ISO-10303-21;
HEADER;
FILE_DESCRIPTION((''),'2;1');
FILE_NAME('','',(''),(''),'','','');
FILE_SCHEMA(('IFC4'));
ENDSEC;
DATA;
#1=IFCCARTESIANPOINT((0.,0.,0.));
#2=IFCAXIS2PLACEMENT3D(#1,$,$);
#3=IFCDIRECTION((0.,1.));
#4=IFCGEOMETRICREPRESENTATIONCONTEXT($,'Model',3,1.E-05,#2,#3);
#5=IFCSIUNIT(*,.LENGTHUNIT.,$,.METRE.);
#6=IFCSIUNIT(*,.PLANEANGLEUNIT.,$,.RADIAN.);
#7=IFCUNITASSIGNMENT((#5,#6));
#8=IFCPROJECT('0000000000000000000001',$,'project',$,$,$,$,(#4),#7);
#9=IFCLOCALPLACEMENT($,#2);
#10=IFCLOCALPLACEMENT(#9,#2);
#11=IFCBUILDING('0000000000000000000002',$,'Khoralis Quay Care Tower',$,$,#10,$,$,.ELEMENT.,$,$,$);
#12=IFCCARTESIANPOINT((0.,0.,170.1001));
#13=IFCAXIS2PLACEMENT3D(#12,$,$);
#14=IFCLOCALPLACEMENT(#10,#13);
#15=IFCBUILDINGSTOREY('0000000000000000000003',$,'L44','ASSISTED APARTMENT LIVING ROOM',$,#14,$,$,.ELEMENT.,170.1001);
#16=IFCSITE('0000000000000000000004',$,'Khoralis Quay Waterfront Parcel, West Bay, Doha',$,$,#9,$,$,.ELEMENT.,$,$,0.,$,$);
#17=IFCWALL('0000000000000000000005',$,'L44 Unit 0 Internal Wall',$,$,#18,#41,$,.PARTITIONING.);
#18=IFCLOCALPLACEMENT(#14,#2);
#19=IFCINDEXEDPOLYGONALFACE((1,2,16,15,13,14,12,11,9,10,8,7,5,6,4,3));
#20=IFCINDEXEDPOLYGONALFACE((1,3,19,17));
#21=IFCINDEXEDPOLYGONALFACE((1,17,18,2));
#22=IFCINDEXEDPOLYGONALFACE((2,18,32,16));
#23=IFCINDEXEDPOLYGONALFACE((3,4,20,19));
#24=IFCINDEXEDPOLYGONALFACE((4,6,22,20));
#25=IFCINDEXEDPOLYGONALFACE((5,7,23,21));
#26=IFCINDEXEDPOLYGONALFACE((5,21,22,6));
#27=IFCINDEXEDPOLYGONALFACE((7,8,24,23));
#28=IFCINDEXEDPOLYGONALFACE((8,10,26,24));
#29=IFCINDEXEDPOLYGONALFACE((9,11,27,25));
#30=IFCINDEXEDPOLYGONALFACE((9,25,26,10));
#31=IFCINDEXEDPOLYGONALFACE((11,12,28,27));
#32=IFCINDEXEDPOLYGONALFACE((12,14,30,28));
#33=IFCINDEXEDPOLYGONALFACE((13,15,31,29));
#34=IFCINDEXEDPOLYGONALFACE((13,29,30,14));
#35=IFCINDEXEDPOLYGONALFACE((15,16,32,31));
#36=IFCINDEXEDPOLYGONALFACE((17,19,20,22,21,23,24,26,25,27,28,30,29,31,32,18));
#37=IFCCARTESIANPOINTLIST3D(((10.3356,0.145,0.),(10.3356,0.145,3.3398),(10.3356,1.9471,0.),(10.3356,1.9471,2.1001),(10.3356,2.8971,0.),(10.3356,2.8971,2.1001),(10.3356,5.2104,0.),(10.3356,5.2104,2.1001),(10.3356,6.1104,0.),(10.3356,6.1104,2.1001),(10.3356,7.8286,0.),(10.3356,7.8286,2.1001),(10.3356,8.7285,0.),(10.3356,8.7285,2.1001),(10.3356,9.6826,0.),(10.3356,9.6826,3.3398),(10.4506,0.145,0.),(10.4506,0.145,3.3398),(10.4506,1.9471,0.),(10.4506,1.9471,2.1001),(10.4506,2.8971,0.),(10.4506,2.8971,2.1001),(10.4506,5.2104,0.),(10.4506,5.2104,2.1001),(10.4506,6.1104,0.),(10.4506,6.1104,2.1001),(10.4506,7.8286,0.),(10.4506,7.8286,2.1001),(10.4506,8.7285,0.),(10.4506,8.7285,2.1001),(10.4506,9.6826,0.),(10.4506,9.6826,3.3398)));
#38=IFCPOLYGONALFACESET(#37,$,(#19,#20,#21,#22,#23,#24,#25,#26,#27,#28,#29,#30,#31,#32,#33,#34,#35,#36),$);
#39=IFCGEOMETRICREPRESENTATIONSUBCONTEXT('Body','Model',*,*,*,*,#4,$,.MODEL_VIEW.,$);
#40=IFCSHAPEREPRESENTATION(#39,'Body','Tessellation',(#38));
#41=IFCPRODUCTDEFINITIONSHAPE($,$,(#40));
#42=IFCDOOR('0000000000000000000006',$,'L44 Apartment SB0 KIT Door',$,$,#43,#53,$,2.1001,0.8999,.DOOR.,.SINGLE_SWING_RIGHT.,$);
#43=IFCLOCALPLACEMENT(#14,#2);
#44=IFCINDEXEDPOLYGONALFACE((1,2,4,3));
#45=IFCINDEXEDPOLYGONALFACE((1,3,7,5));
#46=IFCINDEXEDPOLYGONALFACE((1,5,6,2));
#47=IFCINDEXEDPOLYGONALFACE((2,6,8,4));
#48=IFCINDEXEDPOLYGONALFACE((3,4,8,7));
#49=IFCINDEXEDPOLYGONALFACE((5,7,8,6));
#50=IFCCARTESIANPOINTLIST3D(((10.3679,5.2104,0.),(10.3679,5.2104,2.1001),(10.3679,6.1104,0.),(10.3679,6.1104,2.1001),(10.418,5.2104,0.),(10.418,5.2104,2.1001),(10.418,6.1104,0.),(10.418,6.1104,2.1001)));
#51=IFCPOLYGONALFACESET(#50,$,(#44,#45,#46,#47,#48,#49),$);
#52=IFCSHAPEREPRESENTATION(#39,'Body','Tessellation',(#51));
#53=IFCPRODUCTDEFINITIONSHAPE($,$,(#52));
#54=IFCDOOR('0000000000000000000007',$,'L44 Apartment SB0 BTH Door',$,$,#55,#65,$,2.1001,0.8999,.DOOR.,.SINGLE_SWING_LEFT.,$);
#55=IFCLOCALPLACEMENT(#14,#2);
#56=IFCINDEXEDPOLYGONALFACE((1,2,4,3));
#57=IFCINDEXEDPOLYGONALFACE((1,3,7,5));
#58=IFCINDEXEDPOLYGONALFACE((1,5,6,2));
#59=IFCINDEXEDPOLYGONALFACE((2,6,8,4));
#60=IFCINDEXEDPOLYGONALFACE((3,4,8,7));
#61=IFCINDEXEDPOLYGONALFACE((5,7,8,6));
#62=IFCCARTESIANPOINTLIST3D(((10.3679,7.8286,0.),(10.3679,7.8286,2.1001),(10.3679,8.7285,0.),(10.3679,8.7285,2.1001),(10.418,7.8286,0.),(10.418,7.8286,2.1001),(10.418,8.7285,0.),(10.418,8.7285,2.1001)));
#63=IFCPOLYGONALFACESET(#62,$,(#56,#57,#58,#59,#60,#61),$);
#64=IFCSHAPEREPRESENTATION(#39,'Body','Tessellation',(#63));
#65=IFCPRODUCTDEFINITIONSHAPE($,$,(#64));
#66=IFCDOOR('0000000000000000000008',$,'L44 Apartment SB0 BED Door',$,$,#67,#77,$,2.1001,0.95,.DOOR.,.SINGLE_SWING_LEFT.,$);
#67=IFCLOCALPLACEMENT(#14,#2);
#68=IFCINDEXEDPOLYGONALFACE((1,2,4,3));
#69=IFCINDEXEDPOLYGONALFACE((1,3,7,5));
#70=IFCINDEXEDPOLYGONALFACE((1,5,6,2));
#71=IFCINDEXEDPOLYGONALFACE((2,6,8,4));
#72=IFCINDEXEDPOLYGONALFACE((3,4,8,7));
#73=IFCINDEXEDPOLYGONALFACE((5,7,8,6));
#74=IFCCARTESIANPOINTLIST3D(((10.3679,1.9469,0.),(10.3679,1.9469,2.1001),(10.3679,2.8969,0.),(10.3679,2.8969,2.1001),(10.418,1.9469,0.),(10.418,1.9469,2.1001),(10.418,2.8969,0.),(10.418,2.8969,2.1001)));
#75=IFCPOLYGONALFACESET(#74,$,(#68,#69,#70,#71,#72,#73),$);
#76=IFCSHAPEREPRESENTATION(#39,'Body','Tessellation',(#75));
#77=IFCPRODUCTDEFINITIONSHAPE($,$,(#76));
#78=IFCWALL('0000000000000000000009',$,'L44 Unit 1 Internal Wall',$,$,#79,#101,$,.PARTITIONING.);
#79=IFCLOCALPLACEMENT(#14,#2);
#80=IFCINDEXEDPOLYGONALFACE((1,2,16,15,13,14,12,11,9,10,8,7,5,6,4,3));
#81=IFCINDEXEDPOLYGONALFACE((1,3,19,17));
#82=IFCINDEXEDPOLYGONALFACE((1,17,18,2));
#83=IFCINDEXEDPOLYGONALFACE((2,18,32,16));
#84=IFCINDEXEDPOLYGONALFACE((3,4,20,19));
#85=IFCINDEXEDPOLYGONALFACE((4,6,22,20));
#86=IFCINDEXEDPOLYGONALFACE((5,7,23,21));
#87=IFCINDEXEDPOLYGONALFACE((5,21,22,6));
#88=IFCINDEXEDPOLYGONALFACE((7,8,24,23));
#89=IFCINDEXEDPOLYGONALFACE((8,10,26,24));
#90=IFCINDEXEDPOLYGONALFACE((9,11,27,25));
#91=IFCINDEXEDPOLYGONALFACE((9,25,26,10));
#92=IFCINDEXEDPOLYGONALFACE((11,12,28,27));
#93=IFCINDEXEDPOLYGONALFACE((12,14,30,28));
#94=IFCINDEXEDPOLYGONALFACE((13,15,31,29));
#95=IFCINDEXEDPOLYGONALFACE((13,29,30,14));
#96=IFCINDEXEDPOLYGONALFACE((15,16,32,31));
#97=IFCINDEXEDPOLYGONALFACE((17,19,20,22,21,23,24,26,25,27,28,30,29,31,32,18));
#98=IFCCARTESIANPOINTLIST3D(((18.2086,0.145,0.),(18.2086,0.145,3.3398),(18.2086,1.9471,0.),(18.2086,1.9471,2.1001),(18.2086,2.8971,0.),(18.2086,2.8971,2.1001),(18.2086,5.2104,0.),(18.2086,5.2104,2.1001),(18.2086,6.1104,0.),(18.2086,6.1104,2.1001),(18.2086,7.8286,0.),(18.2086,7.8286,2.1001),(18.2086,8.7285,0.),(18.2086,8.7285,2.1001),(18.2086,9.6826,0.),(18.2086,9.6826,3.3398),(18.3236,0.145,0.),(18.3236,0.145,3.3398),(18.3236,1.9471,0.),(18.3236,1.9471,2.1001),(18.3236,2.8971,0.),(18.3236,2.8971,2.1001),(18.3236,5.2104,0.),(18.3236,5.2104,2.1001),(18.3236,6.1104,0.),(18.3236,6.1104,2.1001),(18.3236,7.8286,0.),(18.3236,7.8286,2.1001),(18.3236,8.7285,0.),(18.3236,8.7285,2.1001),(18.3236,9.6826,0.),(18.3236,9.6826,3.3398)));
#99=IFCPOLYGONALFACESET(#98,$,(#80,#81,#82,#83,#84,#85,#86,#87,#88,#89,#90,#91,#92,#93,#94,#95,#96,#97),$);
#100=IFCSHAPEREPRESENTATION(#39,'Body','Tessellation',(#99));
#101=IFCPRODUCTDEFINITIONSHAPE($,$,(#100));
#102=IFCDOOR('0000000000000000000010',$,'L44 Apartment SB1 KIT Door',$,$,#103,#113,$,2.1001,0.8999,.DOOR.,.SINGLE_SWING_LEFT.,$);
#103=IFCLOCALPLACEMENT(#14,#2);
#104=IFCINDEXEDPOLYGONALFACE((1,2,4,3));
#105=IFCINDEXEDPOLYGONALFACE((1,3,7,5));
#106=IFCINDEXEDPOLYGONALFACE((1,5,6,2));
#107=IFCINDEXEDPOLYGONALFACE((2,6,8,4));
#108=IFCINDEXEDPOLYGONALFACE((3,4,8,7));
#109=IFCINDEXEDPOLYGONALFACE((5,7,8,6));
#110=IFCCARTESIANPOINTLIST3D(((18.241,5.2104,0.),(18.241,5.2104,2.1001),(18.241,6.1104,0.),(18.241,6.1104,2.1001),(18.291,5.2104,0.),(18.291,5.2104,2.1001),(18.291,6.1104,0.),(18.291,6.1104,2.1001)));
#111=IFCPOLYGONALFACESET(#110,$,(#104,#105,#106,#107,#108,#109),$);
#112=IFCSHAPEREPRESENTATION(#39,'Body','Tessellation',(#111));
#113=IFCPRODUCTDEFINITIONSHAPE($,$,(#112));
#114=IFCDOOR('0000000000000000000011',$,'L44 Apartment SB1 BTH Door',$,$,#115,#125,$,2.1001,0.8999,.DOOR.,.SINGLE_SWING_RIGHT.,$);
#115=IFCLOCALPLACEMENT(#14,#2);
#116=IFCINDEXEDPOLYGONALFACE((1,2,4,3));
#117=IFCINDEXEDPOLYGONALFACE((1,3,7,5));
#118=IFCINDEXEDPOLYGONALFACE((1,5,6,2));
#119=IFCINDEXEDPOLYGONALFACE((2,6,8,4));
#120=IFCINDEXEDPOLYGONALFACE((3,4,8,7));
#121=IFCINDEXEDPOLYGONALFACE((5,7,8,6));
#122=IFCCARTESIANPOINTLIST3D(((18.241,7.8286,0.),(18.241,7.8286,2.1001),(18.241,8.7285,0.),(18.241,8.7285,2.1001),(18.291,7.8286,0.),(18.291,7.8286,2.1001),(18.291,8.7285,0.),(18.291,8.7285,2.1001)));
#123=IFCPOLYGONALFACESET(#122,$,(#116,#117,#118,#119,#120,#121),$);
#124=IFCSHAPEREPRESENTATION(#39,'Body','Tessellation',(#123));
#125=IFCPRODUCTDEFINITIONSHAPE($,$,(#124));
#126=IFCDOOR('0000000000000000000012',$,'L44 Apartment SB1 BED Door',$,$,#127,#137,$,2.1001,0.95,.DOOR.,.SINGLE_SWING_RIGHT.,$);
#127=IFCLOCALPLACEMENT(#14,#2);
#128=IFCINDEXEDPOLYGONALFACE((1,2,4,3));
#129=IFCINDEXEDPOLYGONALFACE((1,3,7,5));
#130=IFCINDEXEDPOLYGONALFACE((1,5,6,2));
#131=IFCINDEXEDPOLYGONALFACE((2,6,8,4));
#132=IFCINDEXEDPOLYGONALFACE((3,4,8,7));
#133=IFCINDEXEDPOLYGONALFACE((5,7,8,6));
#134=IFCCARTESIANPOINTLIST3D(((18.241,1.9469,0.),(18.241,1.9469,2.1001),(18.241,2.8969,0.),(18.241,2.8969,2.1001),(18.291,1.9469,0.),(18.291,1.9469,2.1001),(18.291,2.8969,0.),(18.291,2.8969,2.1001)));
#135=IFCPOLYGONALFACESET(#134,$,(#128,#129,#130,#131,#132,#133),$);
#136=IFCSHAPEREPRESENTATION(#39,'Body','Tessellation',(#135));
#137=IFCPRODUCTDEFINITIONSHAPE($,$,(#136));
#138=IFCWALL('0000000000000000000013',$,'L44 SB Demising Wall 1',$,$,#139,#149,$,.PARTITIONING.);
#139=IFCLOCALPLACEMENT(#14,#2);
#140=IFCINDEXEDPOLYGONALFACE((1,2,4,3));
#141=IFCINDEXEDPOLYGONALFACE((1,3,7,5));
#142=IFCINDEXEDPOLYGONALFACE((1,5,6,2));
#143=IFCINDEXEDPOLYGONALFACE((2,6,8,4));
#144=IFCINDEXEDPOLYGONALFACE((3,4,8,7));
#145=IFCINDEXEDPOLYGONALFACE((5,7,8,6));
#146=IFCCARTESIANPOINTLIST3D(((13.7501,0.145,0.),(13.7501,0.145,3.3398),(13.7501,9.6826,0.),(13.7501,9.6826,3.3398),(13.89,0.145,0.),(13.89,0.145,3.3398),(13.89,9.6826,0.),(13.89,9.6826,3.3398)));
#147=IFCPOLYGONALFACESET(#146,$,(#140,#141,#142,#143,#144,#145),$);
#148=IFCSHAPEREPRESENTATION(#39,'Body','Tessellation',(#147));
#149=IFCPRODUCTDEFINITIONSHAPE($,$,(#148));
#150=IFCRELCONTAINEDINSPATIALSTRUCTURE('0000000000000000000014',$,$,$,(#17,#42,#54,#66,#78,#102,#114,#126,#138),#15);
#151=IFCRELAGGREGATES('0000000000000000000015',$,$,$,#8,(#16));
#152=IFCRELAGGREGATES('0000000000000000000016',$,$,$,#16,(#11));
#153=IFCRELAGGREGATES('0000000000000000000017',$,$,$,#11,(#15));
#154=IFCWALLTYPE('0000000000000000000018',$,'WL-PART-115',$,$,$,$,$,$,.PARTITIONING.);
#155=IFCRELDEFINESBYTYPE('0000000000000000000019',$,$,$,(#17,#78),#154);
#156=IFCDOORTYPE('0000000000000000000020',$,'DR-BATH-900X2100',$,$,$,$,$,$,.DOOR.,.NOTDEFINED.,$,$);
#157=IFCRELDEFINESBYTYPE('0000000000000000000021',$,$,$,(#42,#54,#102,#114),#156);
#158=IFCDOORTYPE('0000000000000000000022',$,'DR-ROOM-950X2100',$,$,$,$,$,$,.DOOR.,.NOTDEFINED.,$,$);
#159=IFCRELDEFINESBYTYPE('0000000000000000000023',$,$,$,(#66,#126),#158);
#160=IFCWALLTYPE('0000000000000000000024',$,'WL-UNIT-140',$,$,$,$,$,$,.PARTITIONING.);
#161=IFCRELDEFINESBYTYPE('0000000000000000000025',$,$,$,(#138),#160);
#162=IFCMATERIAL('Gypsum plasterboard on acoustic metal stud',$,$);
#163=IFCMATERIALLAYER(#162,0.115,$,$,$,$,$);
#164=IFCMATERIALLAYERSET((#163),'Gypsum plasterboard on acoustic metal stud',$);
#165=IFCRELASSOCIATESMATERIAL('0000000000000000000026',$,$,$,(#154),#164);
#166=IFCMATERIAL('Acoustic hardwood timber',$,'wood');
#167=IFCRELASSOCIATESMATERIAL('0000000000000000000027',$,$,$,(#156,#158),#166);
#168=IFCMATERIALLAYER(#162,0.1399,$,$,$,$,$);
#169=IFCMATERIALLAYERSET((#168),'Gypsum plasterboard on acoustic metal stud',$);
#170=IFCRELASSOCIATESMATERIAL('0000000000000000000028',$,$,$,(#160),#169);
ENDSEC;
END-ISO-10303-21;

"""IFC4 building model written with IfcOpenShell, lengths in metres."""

from ifc_helpers import new_model, si_unit, direction, frame, frame_2d, origin, place, context, subcontext, project, spatial, rectangle, extrude, source, transform, mapped, material, layer, layer_set, type_object, element, fill, save


model = new_model("IFC4")

# Units and contexts
model_context = context("Model", 3, precision=1e-05, world=origin(), true_north=direction((0.0, 1.0)))
body_context = subcontext(model_context, "Body", "Model", "MODEL_VIEW")
ifc_project = project(units=[si_unit("LENGTHUNIT", "METRE"), si_unit("PLANEANGLEUNIT", "RADIAN")], contexts=[model_context])

# Site, building, storey
site_placement = place(None, origin())
site = spatial("IfcSite", under=ifc_project, at=site_placement, Name="Khoralis Quay Waterfront Parcel, West Bay, Doha", CompositionType="ELEMENT", RefElevation=0.0)
building_placement = place(site_placement, origin())
building = spatial("IfcBuilding", under=site, at=building_placement, Name="Khoralis Quay Care Tower", CompositionType="ELEMENT")
storey_placement = place(building_placement, frame((0.0, 0.0, 170.1001)))
storey = spatial("IfcBuildingStorey", under=building, at=storey_placement, Name="L44", Description="ASSISTED APARTMENT LIVING ROOM", CompositionType="ELEMENT", Elevation=170.1001)

# Walls, openings, doors
ifc_material_1 = material(Name="Gypsum plasterboard on acoustic metal stud")
ifc_layer_1 = layer(ifc_material_1, 0.115)
ifc_layer_set_1 = layer_set([ifc_layer_1], Name="Gypsum plasterboard on acoustic metal stud")
wall_type_1 = type_object("IfcWallType", Name="WL-PART-115", PredefinedType="PARTITIONING", material=ifc_layer_set_1)
wall_1_placement = place(storey_placement, frame((10.3931, 0.145, 0.0), z_axis=(0.0, 0.0, 1.0), x_axis=(0.0, 1.0, 0.0)))
wall_1 = element("IfcWall", 1, at=wall_1_placement, inside=storey, type_object=wall_type_1, Name="L44 Unit 0 Internal Wall", PredefinedType="PARTITIONING", context=body_context, shape_type="SweptSolid", body=[
    extrude(rectangle(XDim=9.5376, YDim=0.115, at=frame_2d((4.7688, 0.0))), origin(), (0.0, 0.0, 1.0), 3.3398),
])
opening_1_placement = place(wall_1_placement, frame((1.802, 0.0, 0.0)))
opening_1 = element("IfcOpeningElement", 2, at=opening_1_placement, cuts=wall_1, PredefinedType="OPENING", context=body_context, shape_type="SweptSolid", body=[
    extrude(rectangle(XDim=0.95, YDim=2.1001, at=frame_2d((0.4751, 1.05))), frame((0.0, 0.0674, 0.0), z_axis=(0.0, -1.0, 0.0), x_axis=(1.0, 0.0, 0.0)), (0.0, 0.0, 1.0), 0.135),
])
opening_2_placement = place(wall_1_placement, frame((5.0654, 0.0, 0.0)))
opening_2 = element("IfcOpeningElement", 3, at=opening_2_placement, cuts=wall_1, PredefinedType="OPENING", context=body_context, shape_type="SweptSolid", body=[
    extrude(rectangle(XDim=0.8999, YDim=2.1001, at=frame_2d((0.45, 1.05))), frame((0.0, 0.0674, 0.0), z_axis=(0.0, -1.0, 0.0), x_axis=(1.0, 0.0, 0.0)), (0.0, 0.0, 1.0), 0.135),
])
opening_3_placement = place(wall_1_placement, frame((7.6836, 0.0, 0.0)))
opening_3 = element("IfcOpeningElement", 4, at=opening_3_placement, cuts=wall_1, PredefinedType="OPENING", context=body_context, shape_type="SweptSolid", body=[
    extrude(rectangle(XDim=0.8999, YDim=2.1001, at=frame_2d((0.45, 1.05))), frame((0.0, 0.0674, 0.0), z_axis=(0.0, -1.0, 0.0), x_axis=(1.0, 0.0, 0.0)), (0.0, 0.0, 1.0), 0.135),
])
ifc_material_2 = material(Name="Acoustic hardwood timber", Category="wood")
door_type_1 = type_object("IfcDoorType", Name="DR-BATH-900X2100", OperationType="NOTDEFINED", PredefinedType="DOOR", material=ifc_material_2)
shared_shape_1 = source(origin(), body_context, "Body", "SweptSolid", [
    extrude(rectangle(XDim=0.8999, YDim=2.1001, at=frame_2d((0.45, 1.05))), frame((0.0, 0.0249, 0.0), z_axis=(0.0, -1.0, 0.0), x_axis=(1.0, 0.0, 0.0)), (0.0, 0.0, 1.0), 0.05),
])
door_1_placement = place(opening_2_placement, frame((0.8999, 0.0, 0.0), z_axis=(0.0, 0.0, 1.0), x_axis=(-1.0, 0.0, 0.0)))
door_1 = element("IfcDoor", 5, at=door_1_placement, inside=storey, type_object=door_type_1, Name="L44 Apartment SB0 KIT Door", OperationType="SINGLE_SWING_RIGHT", OverallHeight=2.1001, OverallWidth=0.8999, PredefinedType="DOOR", context=body_context, shape_type="MappedRepresentation", body=[
    mapped(shared_shape_1, transform((0.0, 0.0, 0.0), scale=1.0)),
])
fill(opening_2, door_1)
door_2_placement = place(opening_3_placement, frame((0.8999, 0.0, 0.0), z_axis=(0.0, 0.0, 1.0), x_axis=(-1.0, 0.0, 0.0)))
door_2 = element("IfcDoor", 6, at=door_2_placement, inside=storey, type_object=door_type_1, Name="L44 Apartment SB0 BTH Door", OperationType="SINGLE_SWING_LEFT", OverallHeight=2.1001, OverallWidth=0.8999, PredefinedType="DOOR", context=body_context, shape_type="MappedRepresentation", body=[
    mapped(shared_shape_1, transform((0.0, 0.0, 0.0), scale=1.0)),
])
fill(opening_3, door_2)
door_type_2 = type_object("IfcDoorType", Name="DR-ROOM-950X2100", OperationType="NOTDEFINED", PredefinedType="DOOR", material=ifc_material_2)
shared_shape_2 = source(origin(), body_context, "Body", "SweptSolid", [
    extrude(rectangle(XDim=0.95, YDim=2.1001, at=frame_2d((0.4751, 1.05))), frame((0.0, 0.0249, 0.0), z_axis=(0.0, -1.0, 0.0), x_axis=(1.0, 0.0, 0.0)), (0.0, 0.0, 1.0), 0.05),
])
door_3_placement = place(opening_1_placement, frame((0.95, 0.0, 0.0), z_axis=(0.0, 0.0, 1.0), x_axis=(-1.0, 0.0, 0.0)))
door_3 = element("IfcDoor", 7, at=door_3_placement, inside=storey, type_object=door_type_2, Name="L44 Apartment SB0 BED Door", OperationType="SINGLE_SWING_LEFT", OverallHeight=2.1001, OverallWidth=0.95, PredefinedType="DOOR", context=body_context, shape_type="MappedRepresentation", body=[
    mapped(shared_shape_2, transform((0.0, 0.0, 0.0), scale=1.0)),
])
fill(opening_1, door_3)
wall_2_placement = place(storey_placement, frame((18.2661, 0.145, 0.0), z_axis=(0.0, 0.0, 1.0), x_axis=(0.0, 1.0, 0.0)))
wall_2 = element("IfcWall", 8, at=wall_2_placement, inside=storey, type_object=wall_type_1, Name="L44 Unit 1 Internal Wall", PredefinedType="PARTITIONING", context=body_context, shape_type="SweptSolid", body=[
    extrude(rectangle(XDim=9.5376, YDim=0.115, at=frame_2d((4.7688, 0.0))), origin(), (0.0, 0.0, 1.0), 3.3398),
])
opening_4_placement = place(wall_2_placement, frame((1.802, 0.0, 0.0)))
opening_4 = element("IfcOpeningElement", 9, at=opening_4_placement, cuts=wall_2, PredefinedType="OPENING", context=body_context, shape_type="SweptSolid", body=[
    extrude(rectangle(XDim=0.95, YDim=2.1001, at=frame_2d((0.4751, 1.05))), frame((0.0, 0.0674, 0.0), z_axis=(0.0, -1.0, 0.0), x_axis=(1.0, 0.0, 0.0)), (0.0, 0.0, 1.0), 0.135),
])
opening_5_placement = place(wall_2_placement, frame((5.0654, 0.0, 0.0)))
opening_5 = element("IfcOpeningElement", 10, at=opening_5_placement, cuts=wall_2, PredefinedType="OPENING", context=body_context, shape_type="SweptSolid", body=[
    extrude(rectangle(XDim=0.8999, YDim=2.1001, at=frame_2d((0.45, 1.05))), frame((0.0, 0.0674, 0.0), z_axis=(0.0, -1.0, 0.0), x_axis=(1.0, 0.0, 0.0)), (0.0, 0.0, 1.0), 0.135),
])
opening_6_placement = place(wall_2_placement, frame((7.6836, 0.0, 0.0)))
opening_6 = element("IfcOpeningElement", 11, at=opening_6_placement, cuts=wall_2, PredefinedType="OPENING", context=body_context, shape_type="SweptSolid", body=[
    extrude(rectangle(XDim=0.8999, YDim=2.1001, at=frame_2d((0.45, 1.05))), frame((0.0, 0.0674, 0.0), z_axis=(0.0, -1.0, 0.0), x_axis=(1.0, 0.0, 0.0)), (0.0, 0.0, 1.0), 0.135),
])
door_4_placement = place(opening_5_placement, frame((0.8999, 0.0, 0.0), z_axis=(0.0, 0.0, 1.0), x_axis=(-1.0, 0.0, 0.0)))
door_4 = element("IfcDoor", 12, at=door_4_placement, inside=storey, type_object=door_type_1, Name="L44 Apartment SB1 KIT Door", OperationType="SINGLE_SWING_LEFT", OverallHeight=2.1001, OverallWidth=0.8999, PredefinedType="DOOR", context=body_context, shape_type="MappedRepresentation", body=[
    mapped(shared_shape_1, transform((0.0, 0.0, 0.0), scale=1.0)),
])
fill(opening_5, door_4)
door_5_placement = place(opening_6_placement, frame((0.8999, 0.0, 0.0), z_axis=(0.0, 0.0, 1.0), x_axis=(-1.0, 0.0, 0.0)))
door_5 = element("IfcDoor", 13, at=door_5_placement, inside=storey, type_object=door_type_1, Name="L44 Apartment SB1 BTH Door", OperationType="SINGLE_SWING_RIGHT", OverallHeight=2.1001, OverallWidth=0.8999, PredefinedType="DOOR", context=body_context, shape_type="MappedRepresentation", body=[
    mapped(shared_shape_1, transform((0.0, 0.0, 0.0), scale=1.0)),
])
fill(opening_6, door_5)
door_6_placement = place(opening_4_placement, frame((0.95, 0.0, 0.0), z_axis=(0.0, 0.0, 1.0), x_axis=(-1.0, 0.0, 0.0)))
door_6 = element("IfcDoor", 14, at=door_6_placement, inside=storey, type_object=door_type_2, Name="L44 Apartment SB1 BED Door", OperationType="SINGLE_SWING_RIGHT", OverallHeight=2.1001, OverallWidth=0.95, PredefinedType="DOOR", context=body_context, shape_type="MappedRepresentation", body=[
    mapped(shared_shape_2, transform((0.0, 0.0, 0.0), scale=1.0)),
])
fill(opening_4, door_6)

# Wall
ifc_layer_2 = layer(ifc_material_1, 0.1399)
ifc_layer_set_2 = layer_set([ifc_layer_2], Name="Gypsum plasterboard on acoustic metal stud")
wall_type_2 = type_object("IfcWallType", Name="WL-UNIT-140", PredefinedType="PARTITIONING", material=ifc_layer_set_2)
wall_3_placement = place(storey_placement, frame((13.8201, 0.145, 0.0), z_axis=(0.0, 0.0, 1.0), x_axis=(0.0, 1.0, 0.0)))
element("IfcWall", 15, at=wall_3_placement, inside=storey, type_object=wall_type_2, Name="L44 SB Demising Wall 1", PredefinedType="PARTITIONING", context=body_context, shape_type="SweptSolid", body=[
    extrude(rectangle(XDim=9.5376, YDim=0.1399, at=frame_2d((4.7688, 0.0))), origin(), (0.0, 0.0, 1.0), 3.3398),
])

save(model, "model.ifc")
